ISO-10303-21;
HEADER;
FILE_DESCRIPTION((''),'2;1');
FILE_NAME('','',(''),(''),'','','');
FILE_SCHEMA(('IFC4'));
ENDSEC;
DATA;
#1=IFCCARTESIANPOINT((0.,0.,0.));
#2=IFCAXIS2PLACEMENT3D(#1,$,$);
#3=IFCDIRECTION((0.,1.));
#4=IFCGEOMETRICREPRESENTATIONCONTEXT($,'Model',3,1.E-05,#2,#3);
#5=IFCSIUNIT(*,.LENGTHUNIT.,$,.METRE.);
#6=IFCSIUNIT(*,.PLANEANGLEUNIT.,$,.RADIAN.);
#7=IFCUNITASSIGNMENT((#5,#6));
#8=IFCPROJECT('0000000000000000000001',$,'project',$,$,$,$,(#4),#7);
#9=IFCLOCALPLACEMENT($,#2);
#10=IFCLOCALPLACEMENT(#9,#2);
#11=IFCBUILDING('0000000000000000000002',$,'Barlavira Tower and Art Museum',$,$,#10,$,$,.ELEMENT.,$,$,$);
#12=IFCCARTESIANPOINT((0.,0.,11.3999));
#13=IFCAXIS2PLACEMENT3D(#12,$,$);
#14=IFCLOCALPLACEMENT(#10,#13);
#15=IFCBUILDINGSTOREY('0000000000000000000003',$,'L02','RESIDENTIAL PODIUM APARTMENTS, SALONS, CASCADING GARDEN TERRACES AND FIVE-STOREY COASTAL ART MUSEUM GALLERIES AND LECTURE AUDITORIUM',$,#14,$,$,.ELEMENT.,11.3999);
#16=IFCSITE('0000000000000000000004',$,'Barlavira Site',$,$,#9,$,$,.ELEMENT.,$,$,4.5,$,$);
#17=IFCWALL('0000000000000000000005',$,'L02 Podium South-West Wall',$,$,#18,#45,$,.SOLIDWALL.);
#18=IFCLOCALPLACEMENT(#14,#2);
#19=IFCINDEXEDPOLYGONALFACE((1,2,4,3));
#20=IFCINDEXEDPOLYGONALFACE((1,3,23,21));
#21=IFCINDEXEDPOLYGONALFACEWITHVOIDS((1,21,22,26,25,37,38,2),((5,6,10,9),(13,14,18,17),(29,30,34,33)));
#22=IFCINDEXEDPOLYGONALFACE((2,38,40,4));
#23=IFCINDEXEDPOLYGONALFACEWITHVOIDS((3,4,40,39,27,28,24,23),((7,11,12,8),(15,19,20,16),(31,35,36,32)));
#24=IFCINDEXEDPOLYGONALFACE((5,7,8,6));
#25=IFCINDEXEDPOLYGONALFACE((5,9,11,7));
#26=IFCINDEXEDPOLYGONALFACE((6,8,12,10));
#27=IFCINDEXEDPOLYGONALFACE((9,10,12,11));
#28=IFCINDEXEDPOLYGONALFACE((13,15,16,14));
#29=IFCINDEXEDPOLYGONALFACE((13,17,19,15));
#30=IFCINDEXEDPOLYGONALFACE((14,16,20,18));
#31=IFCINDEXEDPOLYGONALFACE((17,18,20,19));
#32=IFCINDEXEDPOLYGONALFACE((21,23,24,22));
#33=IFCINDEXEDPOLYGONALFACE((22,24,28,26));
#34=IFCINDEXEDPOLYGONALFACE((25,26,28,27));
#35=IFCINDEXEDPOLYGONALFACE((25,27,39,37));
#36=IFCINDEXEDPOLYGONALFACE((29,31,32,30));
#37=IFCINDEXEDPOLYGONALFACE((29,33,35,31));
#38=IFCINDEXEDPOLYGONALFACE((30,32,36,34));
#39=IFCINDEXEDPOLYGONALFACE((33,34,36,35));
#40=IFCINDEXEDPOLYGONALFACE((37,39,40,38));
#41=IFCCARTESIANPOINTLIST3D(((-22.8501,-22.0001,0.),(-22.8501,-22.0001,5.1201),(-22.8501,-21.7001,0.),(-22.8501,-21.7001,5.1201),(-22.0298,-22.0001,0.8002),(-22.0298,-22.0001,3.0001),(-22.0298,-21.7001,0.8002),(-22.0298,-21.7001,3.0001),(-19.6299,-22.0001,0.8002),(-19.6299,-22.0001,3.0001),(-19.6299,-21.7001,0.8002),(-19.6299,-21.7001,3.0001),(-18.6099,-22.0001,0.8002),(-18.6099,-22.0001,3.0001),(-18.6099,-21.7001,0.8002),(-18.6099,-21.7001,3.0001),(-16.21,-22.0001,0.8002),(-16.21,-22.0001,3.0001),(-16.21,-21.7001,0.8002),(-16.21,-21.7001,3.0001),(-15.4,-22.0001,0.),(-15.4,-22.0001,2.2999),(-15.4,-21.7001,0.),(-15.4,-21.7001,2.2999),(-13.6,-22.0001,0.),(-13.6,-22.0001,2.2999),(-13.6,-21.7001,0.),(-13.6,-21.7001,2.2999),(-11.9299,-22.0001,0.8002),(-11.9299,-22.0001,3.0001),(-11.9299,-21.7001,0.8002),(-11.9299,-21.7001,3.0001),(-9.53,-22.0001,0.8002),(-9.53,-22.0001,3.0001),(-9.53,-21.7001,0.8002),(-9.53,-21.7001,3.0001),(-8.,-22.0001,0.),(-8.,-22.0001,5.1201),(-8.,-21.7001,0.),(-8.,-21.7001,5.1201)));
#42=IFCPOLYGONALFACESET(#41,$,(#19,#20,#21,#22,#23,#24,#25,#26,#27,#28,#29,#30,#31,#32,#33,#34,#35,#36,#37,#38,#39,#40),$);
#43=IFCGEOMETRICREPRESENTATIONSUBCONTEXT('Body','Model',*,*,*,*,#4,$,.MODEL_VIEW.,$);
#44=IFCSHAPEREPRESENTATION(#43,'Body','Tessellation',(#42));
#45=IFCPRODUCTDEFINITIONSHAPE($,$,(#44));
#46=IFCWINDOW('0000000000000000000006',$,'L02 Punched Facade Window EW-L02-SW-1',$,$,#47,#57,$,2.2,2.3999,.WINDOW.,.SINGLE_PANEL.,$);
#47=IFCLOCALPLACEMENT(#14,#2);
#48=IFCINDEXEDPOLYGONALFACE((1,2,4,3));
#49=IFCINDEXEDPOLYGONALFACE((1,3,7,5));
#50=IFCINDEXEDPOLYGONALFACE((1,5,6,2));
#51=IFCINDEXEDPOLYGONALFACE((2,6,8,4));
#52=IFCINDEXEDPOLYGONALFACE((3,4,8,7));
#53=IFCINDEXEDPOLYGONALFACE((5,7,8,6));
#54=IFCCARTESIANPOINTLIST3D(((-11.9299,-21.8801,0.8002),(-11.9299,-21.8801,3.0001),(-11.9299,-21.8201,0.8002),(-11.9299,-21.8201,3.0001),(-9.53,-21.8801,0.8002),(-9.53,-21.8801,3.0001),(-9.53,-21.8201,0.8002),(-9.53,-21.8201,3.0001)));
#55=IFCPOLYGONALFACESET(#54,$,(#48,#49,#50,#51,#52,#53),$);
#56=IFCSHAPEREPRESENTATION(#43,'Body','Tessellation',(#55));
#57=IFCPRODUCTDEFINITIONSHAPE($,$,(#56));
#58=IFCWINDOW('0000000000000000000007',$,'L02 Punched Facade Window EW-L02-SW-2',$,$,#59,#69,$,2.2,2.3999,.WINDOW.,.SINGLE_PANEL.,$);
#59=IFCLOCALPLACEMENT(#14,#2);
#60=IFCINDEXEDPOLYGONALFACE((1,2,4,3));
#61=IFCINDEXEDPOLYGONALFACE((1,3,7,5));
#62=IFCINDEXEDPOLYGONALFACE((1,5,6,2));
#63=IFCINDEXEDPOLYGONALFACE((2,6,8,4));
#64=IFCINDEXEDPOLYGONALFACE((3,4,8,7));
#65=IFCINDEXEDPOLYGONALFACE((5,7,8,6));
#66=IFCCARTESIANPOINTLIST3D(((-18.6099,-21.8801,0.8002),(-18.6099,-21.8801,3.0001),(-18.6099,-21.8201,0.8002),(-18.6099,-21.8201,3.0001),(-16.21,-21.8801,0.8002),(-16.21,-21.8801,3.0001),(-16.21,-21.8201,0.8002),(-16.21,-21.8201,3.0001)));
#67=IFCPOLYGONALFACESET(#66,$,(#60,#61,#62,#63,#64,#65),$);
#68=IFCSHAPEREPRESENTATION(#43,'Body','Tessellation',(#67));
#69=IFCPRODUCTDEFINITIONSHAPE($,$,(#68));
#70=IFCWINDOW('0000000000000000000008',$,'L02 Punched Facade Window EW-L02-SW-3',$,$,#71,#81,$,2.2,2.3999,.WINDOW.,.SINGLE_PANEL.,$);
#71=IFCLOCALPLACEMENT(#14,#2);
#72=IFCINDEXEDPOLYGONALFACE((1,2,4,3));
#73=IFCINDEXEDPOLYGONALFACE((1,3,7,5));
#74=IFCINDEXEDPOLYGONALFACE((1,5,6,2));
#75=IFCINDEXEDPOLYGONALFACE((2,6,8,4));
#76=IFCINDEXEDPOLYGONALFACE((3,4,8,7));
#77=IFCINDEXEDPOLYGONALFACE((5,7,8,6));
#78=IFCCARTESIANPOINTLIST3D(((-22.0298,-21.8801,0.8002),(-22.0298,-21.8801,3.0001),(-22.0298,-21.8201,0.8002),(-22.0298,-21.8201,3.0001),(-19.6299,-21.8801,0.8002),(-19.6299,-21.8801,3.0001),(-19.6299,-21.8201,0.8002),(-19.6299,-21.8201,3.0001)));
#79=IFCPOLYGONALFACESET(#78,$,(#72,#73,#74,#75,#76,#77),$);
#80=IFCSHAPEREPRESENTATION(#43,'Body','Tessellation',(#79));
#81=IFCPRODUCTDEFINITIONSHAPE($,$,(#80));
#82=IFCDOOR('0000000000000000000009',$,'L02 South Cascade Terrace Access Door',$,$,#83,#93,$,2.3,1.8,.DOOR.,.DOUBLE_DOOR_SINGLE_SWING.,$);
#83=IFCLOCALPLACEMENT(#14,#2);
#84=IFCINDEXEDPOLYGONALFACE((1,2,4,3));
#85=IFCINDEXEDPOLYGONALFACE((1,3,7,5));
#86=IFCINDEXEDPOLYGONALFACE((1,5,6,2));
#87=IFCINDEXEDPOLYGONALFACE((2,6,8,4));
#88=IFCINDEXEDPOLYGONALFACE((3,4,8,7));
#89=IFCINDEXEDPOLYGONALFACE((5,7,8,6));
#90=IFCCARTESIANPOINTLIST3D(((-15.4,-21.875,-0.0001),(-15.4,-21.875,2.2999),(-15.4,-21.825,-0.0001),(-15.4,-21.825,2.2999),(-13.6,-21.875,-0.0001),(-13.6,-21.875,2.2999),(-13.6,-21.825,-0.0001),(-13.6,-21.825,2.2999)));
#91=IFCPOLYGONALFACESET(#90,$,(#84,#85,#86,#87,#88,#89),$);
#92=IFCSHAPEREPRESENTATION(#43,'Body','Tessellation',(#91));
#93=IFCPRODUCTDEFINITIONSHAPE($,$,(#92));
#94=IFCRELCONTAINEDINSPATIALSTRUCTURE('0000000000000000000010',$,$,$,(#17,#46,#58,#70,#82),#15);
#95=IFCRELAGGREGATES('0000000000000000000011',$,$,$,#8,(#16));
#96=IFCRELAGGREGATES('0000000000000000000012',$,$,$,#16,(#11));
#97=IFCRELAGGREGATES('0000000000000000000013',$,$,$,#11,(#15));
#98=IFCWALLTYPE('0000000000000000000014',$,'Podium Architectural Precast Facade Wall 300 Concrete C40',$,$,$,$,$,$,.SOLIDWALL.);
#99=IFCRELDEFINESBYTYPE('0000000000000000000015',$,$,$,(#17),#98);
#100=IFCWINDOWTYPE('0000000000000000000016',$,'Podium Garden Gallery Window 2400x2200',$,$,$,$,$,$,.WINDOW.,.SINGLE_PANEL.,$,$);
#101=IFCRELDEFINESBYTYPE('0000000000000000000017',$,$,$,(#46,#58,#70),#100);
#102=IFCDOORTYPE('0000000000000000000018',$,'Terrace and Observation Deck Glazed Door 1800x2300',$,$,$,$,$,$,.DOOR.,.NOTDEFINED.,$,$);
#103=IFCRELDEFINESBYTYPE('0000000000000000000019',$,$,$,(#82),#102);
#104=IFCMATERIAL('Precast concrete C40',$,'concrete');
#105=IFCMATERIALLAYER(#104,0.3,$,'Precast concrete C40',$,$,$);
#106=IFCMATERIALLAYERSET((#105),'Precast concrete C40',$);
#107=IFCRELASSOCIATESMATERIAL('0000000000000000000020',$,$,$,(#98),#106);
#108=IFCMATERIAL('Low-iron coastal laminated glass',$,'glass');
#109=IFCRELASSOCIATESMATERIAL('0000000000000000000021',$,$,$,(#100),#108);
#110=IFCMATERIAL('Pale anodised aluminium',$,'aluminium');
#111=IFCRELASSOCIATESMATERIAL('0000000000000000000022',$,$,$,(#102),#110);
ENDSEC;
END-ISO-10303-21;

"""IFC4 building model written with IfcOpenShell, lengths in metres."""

from ifc_helpers import new_model, si_unit, direction, frame, frame_2d, origin, place, context, subcontext, project, spatial, rectangle, extrude, material, layer, layer_set, type_object, element, fill, save


model = new_model("IFC4")

# Units and contexts
model_context = context("Model", 3, precision=1e-05, world=origin(), true_north=direction((0.0, 1.0)))
body_context = subcontext(model_context, "Body", "Model", "MODEL_VIEW")
ifc_project = project(units=[si_unit("LENGTHUNIT", "METRE"), si_unit("PLANEANGLEUNIT", "RADIAN")], contexts=[model_context])

# Site, building, storey
site_placement = place(None, origin())
site = spatial("IfcSite", under=ifc_project, at=site_placement, Name="Barlavira Site", CompositionType="ELEMENT", RefElevation=4.5)
building_placement = place(site_placement, origin())
building = spatial("IfcBuilding", under=site, at=building_placement, Name="Barlavira Tower and Art Museum", CompositionType="ELEMENT")
storey_placement = place(building_placement, frame((0.0, 0.0, 11.3999)))
storey = spatial("IfcBuildingStorey", under=building, at=storey_placement, Name="L02", Description="RESIDENTIAL PODIUM APARTMENTS, SALONS, CASCADING GARDEN TERRACES AND FIVE-STOREY COASTAL ART MUSEUM GALLERIES AND LECTURE AUDITORIUM", CompositionType="ELEMENT", Elevation=11.3999)

# Shared definitions
ifc_material_1 = material(Name="Low-iron coastal laminated glass", Category="glass")
ifc_material_2 = material(Name="Pale anodised aluminium", Category="aluminium")

# Wall, openings, windows, door
ifc_material_3 = material(Name="Precast concrete C40", Category="concrete")
ifc_layer_1 = layer(ifc_material_3, 0.3, Name="Precast concrete C40")
ifc_layer_set_1 = layer_set([ifc_layer_1], Name="Precast concrete C40")
wall_type = type_object("IfcWallType", Name="Podium Architectural Precast Facade Wall 300 Concrete C40", PredefinedType="SOLIDWALL", material=ifc_layer_set_1)
wall_placement = place(storey_placement, frame((-8.0, -21.8501, 0.0), z_axis=(0.0, 0.0, 1.0), x_axis=(-1.0, 0.0, 0.0)))
wall = element("IfcWall", 1, at=wall_placement, inside=storey, type_object=wall_type, Name="L02 Podium South-West Wall", PredefinedType="SOLIDWALL", context=body_context, shape_type="SweptSolid", body=[
    extrude(rectangle(XDim=14.8501, YDim=0.3, at=frame_2d((7.425, 0.0))), origin(), (0.0, 0.0, 1.0), 5.1201),
])
opening_1_placement = place(wall_placement, frame((5.6001, 0.0, 0.0)))
opening_1 = element("IfcOpeningElement", 2, at=opening_1_placement, cuts=wall, PredefinedType="OPENING", context=body_context, shape_type="SweptSolid", body=[
    extrude(rectangle(XDim=1.8, YDim=2.3, at=frame_2d((0.8999, 1.1499))), frame((0.0, 0.1602, 0.0), z_axis=(0.0, -1.0, 0.0), x_axis=(1.0, 0.0, 0.0)), (0.0, 0.0, 1.0), 0.3201),
])
opening_2_placement = place(wall_placement, frame((1.53, 0.0, 0.8)))
opening_2 = element("IfcOpeningElement", 3, at=opening_2_placement, cuts=wall, PredefinedType="OPENING", context=body_context, shape_type="SweptSolid", body=[
    extrude(rectangle(XDim=2.3999, YDim=2.2, at=frame_2d((1.2, 1.1001))), frame((0.0, 0.1602, 0.0), z_axis=(0.0, -1.0, 0.0), x_axis=(1.0, 0.0, 0.0)), (0.0, 0.0, 1.0), 0.3201),
])
opening_3_placement = place(wall_placement, frame((8.21, 0.0, 0.8)))
opening_3 = element("IfcOpeningElement", 4, at=opening_3_placement, cuts=wall, PredefinedType="OPENING", context=body_context, shape_type="SweptSolid", body=[
    extrude(rectangle(XDim=2.3999, YDim=2.2, at=frame_2d((1.2, 1.1001))), frame((0.0, 0.1602, 0.0), z_axis=(0.0, -1.0, 0.0), x_axis=(1.0, 0.0, 0.0)), (0.0, 0.0, 1.0), 0.3201),
])
opening_4_placement = place(wall_placement, frame((11.6299, 0.0, 0.8)))
opening_4 = element("IfcOpeningElement", 5, at=opening_4_placement, cuts=wall, PredefinedType="OPENING", context=body_context, shape_type="SweptSolid", body=[
    extrude(rectangle(XDim=2.3999, YDim=2.2, at=frame_2d((1.2, 1.1001))), frame((0.0, 0.1602, 0.0), z_axis=(0.0, -1.0, 0.0), x_axis=(1.0, 0.0, 0.0)), (0.0, 0.0, 1.0), 0.3201),
])
window_type = type_object("IfcWindowType", Name="Podium Garden Gallery Window 2400x2200", PartitioningType="SINGLE_PANEL", PredefinedType="WINDOW", material=ifc_material_1)
window_1_placement = place(opening_2_placement, origin())
window_1 = element("IfcWindow", 6, at=window_1_placement, inside=storey, type_object=window_type, Name="L02 Punched Facade Window EW-L02-SW-1", OverallHeight=2.2, OverallWidth=2.3999, PartitioningType="SINGLE_PANEL", PredefinedType="WINDOW", context=body_context, shape_type="SweptSolid", body=[
    extrude(rectangle(XDim=2.3999, YDim=2.2, at=frame_2d((1.2, 1.1001))), frame((0.0, 0.03, 0.0), z_axis=(0.0, -1.0, 0.0), x_axis=(1.0, 0.0, 0.0)), (0.0, 0.0, 1.0), 0.0601),
])
fill(opening_2, window_1)
window_2_placement = place(opening_3_placement, origin())
window_2 = element("IfcWindow", 7, at=window_2_placement, inside=storey, type_object=window_type, Name="L02 Punched Facade Window EW-L02-SW-2", OverallHeight=2.2, OverallWidth=2.3999, PartitioningType="SINGLE_PANEL", PredefinedType="WINDOW", context=body_context, shape_type="SweptSolid", body=[
    extrude(rectangle(XDim=2.3999, YDim=2.2, at=frame_2d((1.2, 1.1001))), frame((0.0, 0.03, 0.0), z_axis=(0.0, -1.0, 0.0), x_axis=(1.0, 0.0, 0.0)), (0.0, 0.0, 1.0), 0.0601),
])
fill(opening_3, window_2)
window_3_placement = place(opening_4_placement, origin())
window_3 = element("IfcWindow", 8, at=window_3_placement, inside=storey, type_object=window_type, Name="L02 Punched Facade Window EW-L02-SW-3", OverallHeight=2.2, OverallWidth=2.3999, PartitioningType="SINGLE_PANEL", PredefinedType="WINDOW", context=body_context, shape_type="SweptSolid", body=[
    extrude(rectangle(XDim=2.3999, YDim=2.2, at=frame_2d((1.2, 1.1001))), frame((0.0, 0.03, 0.0), z_axis=(0.0, -1.0, 0.0), x_axis=(1.0, 0.0, 0.0)), (0.0, 0.0, 1.0), 0.0601),
])
fill(opening_4, window_3)
door_type = type_object("IfcDoorType", Name="Terrace and Observation Deck Glazed Door 1800x2300", OperationType="NOTDEFINED", PredefinedType="DOOR", material=ifc_material_2)
door_placement = place(opening_1_placement, origin())
door = element("IfcDoor", 9, at=door_placement, inside=storey, type_object=door_type, Name="L02 South Cascade Terrace Access Door", OperationType="DOUBLE_DOOR_SINGLE_SWING", OverallHeight=2.3, OverallWidth=1.8, PredefinedType="DOOR", context=body_context, shape_type="SweptSolid", body=[
    extrude(rectangle(XDim=1.8, YDim=2.3, at=frame_2d((0.8999, 1.1499))), frame((0.0, 0.0249, 0.0), z_axis=(0.0, -1.0, 0.0), x_axis=(1.0, 0.0, 0.0)), (0.0, 0.0, 1.0), 0.05),
])
fill(opening_1, door)

save(model, "model.ifc")
